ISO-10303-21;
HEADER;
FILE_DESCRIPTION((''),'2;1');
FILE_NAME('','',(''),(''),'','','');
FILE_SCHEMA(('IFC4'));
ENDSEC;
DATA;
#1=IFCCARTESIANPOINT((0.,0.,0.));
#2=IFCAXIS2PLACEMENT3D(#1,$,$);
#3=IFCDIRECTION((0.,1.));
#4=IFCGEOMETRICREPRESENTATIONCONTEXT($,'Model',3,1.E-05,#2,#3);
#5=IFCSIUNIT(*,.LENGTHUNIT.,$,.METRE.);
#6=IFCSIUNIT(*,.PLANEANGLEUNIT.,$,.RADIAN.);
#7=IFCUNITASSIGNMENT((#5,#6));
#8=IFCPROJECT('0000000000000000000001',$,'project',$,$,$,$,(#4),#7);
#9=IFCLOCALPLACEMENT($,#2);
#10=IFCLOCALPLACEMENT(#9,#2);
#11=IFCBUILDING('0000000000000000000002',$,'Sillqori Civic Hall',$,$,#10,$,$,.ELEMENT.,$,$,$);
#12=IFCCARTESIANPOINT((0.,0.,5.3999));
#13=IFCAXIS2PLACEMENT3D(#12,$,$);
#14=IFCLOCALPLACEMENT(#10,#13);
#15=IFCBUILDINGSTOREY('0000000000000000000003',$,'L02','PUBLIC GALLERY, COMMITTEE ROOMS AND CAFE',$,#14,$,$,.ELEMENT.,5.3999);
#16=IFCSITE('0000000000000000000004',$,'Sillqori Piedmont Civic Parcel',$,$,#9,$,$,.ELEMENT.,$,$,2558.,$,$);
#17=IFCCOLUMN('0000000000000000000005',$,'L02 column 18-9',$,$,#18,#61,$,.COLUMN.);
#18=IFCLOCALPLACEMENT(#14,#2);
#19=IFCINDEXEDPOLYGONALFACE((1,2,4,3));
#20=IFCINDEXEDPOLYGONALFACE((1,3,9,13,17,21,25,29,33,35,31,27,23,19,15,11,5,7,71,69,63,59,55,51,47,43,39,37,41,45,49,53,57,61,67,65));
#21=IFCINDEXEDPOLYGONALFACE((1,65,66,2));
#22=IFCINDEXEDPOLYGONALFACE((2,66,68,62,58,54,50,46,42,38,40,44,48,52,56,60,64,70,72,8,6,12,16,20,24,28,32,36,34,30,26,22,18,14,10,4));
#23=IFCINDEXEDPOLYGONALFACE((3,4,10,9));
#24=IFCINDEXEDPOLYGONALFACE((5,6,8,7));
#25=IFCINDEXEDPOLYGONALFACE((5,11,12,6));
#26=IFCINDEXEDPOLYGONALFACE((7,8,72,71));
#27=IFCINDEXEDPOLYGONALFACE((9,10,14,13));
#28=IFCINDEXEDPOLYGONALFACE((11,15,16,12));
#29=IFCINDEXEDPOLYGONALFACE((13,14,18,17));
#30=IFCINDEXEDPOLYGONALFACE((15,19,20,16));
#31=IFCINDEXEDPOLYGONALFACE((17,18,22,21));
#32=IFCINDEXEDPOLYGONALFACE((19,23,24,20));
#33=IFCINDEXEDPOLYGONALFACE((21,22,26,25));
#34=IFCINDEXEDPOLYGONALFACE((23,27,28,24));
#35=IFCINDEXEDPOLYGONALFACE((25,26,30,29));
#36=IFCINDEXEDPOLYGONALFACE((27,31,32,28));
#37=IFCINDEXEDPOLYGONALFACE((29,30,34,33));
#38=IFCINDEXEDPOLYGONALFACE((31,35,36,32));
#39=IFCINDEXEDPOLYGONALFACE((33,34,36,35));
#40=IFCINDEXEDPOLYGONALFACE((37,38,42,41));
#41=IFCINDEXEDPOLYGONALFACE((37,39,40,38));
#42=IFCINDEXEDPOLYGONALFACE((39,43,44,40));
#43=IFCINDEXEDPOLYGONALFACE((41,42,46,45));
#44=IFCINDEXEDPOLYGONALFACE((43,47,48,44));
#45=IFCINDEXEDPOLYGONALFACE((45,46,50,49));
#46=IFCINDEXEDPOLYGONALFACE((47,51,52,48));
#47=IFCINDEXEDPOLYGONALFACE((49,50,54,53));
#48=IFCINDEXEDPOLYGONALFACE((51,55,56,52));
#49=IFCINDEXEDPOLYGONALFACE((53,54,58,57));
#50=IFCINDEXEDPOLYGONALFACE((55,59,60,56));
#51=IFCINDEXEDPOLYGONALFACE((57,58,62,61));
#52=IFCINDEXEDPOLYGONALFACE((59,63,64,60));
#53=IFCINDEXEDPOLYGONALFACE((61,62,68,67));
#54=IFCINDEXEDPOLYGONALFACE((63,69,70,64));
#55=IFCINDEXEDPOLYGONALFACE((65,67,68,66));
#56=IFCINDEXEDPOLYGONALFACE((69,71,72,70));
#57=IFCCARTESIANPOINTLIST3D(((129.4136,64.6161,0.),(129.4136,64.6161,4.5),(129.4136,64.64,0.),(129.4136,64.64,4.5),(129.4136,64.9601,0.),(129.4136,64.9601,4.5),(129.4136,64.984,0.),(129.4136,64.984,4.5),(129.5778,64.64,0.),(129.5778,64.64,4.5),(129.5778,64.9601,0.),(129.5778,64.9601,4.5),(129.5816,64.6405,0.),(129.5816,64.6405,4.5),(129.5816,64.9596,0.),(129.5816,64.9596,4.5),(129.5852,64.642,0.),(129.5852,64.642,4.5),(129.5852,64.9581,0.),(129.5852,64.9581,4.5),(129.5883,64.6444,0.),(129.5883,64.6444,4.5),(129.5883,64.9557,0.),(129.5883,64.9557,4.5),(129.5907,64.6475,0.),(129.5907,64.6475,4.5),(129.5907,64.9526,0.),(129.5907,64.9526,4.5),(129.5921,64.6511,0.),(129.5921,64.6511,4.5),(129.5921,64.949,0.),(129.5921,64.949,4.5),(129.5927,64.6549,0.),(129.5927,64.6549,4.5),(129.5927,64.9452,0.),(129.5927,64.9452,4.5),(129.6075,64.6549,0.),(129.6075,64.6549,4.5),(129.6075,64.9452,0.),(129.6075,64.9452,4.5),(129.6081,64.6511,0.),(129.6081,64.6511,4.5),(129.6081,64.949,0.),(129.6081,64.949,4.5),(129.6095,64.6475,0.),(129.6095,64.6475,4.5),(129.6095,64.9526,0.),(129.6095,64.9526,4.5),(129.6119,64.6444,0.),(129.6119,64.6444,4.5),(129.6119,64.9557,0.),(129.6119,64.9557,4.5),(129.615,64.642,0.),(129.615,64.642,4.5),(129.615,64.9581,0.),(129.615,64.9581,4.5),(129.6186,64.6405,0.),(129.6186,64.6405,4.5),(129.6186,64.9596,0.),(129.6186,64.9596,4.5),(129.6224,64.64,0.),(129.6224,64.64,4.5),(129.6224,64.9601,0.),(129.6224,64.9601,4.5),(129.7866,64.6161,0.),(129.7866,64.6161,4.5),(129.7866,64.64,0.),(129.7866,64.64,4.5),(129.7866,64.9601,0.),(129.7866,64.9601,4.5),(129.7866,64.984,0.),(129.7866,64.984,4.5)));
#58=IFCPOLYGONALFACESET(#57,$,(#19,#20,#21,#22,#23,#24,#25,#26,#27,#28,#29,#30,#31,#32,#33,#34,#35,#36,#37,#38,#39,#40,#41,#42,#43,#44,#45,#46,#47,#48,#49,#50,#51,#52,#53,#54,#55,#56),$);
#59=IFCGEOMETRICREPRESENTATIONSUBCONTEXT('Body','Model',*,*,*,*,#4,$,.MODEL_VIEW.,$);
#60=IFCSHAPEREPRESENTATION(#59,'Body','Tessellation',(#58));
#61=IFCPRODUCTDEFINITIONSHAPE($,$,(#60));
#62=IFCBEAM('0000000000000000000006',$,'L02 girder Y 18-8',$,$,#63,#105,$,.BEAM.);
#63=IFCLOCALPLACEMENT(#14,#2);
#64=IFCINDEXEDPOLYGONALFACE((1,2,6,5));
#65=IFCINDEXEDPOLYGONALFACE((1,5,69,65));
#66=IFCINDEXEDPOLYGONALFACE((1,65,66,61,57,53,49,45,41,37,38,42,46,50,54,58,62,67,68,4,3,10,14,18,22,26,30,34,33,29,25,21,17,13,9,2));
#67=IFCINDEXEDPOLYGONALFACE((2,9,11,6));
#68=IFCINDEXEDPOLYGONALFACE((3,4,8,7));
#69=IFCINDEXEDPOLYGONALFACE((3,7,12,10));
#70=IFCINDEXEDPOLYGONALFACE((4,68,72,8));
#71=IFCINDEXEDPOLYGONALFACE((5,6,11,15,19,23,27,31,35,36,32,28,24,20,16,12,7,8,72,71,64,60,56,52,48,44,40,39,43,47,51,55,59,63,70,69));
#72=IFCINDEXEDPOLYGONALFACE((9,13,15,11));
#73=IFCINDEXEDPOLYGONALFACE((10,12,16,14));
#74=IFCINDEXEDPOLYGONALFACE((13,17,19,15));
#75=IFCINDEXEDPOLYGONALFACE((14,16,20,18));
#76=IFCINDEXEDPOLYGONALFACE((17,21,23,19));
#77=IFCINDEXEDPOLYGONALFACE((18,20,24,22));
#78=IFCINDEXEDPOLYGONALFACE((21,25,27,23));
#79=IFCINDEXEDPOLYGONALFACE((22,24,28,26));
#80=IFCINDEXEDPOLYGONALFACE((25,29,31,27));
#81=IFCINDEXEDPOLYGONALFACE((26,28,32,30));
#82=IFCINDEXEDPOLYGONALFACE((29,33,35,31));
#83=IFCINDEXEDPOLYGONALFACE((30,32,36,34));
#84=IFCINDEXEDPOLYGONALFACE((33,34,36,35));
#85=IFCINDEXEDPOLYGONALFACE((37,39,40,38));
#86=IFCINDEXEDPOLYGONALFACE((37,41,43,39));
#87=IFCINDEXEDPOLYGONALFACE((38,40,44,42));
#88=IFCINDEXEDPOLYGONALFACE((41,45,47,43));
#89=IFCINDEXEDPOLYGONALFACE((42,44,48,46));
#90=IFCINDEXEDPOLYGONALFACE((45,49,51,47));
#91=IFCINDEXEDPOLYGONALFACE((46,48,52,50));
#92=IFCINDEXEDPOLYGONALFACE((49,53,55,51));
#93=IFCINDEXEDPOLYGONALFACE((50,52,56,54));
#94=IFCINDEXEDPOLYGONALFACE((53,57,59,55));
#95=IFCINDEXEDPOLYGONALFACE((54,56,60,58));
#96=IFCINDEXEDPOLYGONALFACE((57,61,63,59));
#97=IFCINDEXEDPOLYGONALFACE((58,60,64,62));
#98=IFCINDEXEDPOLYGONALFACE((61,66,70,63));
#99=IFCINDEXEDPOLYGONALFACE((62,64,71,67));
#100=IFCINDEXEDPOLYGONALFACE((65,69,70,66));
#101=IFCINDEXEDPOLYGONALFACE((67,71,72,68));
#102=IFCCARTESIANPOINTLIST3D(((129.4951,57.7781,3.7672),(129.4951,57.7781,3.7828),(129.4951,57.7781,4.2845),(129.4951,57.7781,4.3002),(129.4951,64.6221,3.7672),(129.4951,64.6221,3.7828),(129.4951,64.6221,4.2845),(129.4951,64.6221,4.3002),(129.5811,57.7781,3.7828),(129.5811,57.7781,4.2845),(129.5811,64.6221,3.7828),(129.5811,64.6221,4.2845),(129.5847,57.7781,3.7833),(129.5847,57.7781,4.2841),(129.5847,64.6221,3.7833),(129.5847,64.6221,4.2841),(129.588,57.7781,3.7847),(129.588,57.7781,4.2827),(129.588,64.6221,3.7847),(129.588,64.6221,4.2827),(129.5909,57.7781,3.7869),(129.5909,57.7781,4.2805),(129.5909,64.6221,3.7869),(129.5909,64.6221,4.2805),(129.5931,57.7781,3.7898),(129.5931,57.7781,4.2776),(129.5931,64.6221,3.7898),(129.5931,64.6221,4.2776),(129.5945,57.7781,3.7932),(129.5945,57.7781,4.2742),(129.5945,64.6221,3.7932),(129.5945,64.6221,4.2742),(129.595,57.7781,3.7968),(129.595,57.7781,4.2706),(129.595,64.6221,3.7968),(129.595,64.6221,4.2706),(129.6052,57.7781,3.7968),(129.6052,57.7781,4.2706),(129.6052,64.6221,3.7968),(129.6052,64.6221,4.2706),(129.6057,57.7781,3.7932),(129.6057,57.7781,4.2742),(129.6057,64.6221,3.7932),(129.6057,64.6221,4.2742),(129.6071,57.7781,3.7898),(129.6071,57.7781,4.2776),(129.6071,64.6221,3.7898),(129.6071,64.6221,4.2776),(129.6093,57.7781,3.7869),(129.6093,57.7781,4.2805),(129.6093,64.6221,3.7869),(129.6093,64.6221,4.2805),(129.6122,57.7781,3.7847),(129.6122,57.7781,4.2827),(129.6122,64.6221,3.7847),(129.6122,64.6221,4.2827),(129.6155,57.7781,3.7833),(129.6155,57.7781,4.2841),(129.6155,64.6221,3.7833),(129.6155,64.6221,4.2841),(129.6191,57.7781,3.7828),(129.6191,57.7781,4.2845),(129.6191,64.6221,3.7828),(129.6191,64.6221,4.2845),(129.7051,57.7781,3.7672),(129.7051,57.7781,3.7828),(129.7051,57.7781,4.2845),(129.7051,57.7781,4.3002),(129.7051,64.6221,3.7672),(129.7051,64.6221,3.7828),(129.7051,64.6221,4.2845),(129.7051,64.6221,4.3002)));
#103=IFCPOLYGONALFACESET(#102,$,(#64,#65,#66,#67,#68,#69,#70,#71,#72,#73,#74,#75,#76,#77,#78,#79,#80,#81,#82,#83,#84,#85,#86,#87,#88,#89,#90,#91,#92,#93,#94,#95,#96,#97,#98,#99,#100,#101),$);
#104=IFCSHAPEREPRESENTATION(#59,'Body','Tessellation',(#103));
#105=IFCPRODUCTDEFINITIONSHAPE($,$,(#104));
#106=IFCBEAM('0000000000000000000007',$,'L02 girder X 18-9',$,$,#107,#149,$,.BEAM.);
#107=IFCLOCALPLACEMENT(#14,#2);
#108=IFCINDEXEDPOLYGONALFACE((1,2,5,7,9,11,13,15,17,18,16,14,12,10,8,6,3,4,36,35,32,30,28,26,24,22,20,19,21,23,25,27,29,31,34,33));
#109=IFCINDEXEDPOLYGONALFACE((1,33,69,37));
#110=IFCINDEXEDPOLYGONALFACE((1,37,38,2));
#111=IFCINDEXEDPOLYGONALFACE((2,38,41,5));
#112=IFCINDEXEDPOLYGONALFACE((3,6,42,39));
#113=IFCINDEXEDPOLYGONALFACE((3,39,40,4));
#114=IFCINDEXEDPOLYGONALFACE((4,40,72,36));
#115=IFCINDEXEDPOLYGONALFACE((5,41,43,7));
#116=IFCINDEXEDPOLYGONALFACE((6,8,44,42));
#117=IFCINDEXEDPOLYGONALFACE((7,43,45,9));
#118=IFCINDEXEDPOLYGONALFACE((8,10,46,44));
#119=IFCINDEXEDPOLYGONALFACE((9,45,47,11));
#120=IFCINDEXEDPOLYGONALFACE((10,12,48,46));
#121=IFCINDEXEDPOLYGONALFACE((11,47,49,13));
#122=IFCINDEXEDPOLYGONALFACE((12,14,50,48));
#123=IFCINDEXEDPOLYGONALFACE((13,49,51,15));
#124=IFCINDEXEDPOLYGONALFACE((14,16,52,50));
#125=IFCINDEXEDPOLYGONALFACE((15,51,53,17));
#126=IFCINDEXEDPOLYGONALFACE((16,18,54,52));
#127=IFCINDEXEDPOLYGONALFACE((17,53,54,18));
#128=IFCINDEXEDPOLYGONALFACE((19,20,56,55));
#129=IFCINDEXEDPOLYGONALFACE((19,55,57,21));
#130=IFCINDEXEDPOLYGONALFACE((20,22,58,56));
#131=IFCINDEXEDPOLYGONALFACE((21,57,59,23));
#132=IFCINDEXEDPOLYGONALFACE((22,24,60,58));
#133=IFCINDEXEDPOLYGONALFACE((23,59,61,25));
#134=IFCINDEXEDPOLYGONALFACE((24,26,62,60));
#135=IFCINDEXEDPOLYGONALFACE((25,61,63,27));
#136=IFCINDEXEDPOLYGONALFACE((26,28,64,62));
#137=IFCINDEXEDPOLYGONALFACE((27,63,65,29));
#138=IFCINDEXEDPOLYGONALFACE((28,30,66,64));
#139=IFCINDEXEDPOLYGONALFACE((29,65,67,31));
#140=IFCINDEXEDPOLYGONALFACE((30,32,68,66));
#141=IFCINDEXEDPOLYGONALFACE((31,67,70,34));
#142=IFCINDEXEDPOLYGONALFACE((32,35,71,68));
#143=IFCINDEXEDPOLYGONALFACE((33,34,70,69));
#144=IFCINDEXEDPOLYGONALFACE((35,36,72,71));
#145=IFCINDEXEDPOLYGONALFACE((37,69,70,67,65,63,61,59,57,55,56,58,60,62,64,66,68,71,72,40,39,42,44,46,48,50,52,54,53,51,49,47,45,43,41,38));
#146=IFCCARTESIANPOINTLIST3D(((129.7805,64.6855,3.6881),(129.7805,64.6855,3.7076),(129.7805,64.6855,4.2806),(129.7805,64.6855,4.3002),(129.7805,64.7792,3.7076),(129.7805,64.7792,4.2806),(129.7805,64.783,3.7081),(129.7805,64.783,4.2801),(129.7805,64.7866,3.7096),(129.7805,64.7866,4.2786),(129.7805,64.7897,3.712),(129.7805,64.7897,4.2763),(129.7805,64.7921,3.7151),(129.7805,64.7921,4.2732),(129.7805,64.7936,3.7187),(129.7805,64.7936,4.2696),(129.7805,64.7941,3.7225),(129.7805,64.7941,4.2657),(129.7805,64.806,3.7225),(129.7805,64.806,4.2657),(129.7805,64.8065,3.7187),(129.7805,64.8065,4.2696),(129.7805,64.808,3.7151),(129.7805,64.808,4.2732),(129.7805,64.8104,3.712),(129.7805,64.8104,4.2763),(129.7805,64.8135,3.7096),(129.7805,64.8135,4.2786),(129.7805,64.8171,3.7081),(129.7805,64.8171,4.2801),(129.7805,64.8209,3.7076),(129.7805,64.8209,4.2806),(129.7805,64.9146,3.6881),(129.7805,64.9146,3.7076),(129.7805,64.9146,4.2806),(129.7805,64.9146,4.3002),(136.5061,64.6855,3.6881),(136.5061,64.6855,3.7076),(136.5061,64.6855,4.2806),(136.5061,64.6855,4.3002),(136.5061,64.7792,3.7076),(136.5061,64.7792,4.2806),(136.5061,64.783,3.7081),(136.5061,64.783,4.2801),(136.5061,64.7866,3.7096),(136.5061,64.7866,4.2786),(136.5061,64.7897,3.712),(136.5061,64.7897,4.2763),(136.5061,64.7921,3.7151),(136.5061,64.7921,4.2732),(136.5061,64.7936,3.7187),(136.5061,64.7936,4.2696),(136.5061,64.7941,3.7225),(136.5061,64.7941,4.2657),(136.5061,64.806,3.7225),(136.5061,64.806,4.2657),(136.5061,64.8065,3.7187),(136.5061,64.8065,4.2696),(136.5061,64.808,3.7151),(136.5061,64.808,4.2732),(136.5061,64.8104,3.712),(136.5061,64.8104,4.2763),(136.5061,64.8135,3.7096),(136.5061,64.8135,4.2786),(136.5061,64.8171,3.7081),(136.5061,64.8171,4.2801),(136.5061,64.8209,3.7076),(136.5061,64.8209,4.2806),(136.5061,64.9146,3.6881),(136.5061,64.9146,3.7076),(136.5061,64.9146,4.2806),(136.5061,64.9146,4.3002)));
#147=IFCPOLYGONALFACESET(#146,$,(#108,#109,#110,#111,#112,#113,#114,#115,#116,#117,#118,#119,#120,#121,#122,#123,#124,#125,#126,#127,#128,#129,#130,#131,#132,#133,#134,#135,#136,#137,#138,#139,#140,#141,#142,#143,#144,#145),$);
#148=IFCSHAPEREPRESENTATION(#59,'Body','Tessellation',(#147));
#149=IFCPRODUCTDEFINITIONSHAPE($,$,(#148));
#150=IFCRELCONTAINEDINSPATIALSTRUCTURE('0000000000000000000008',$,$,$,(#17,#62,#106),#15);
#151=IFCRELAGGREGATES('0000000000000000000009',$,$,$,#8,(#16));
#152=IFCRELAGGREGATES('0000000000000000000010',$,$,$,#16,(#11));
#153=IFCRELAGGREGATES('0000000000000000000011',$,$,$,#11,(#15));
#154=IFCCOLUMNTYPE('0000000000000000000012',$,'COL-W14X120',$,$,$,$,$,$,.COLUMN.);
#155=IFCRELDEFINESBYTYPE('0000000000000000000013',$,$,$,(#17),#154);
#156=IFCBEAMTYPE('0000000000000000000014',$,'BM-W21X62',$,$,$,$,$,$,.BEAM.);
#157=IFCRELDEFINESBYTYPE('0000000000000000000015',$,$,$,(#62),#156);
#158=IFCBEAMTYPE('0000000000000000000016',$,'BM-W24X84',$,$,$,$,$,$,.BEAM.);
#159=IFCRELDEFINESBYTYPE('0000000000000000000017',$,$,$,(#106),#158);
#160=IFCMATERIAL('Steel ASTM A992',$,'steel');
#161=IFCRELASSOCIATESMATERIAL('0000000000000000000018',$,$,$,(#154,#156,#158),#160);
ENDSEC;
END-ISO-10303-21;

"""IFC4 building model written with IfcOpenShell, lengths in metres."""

from ifc_helpers import new_model, si_unit, direction, frame, origin, origin_2d, place, context, subcontext, project, spatial, i_section, extrude, material, material_profile, profile_set, type_object, element, save


model = new_model("IFC4")

# Units and contexts
model_context = context("Model", 3, precision=1e-05, world=origin(), true_north=direction((0.0, 1.0)))
body_context = subcontext(model_context, "Body", "Model", "MODEL_VIEW")
ifc_project = project(units=[si_unit("LENGTHUNIT", "METRE"), si_unit("PLANEANGLEUNIT", "RADIAN")], contexts=[model_context])

# Site, building, storey
site_placement = place(None, origin())
site = spatial("IfcSite", under=ifc_project, at=site_placement, Name="Sillqori Piedmont Civic Parcel", CompositionType="ELEMENT", RefElevation=2558.0)
building_placement = place(site_placement, origin())
building = spatial("IfcBuilding", under=site, at=building_placement, Name="Sillqori Civic Hall", CompositionType="ELEMENT")
storey_placement = place(building_placement, frame((0.0, 0.0, 5.3999)))
storey = spatial("IfcBuildingStorey", under=building, at=storey_placement, Name="L02", Description="PUBLIC GALLERY, COMMITTEE ROOMS AND CAFE", CompositionType="ELEMENT", Elevation=5.3999)

# Column
ifc_material_1 = material(Name="Steel ASTM A992", Category="steel")
ifc_material_profile_1 = material_profile(ifc_material_1, i_section(OverallWidth=0.373, OverallDepth=0.3679, WebThickness=0.0149, FlangeThickness=0.0239, FilletRadius=0.0149, at=origin_2d()), Name="W14X120")
ifc_profile_set_1 = profile_set([ifc_material_profile_1], Name="Steel ASTM A992")
column_type = type_object("IfcColumnType", Name="COL-W14X120", PredefinedType="COLUMN", material=ifc_profile_set_1)
column_placement = place(storey_placement, frame((129.6001, 64.8, 0.0), z_axis=(0.0, 0.0, 1.0), x_axis=(1.0, 0.0, 0.0)))
element("IfcColumn", 1, at=column_placement, inside=storey, type_object=column_type, Name="L02 column 18-9", PredefinedType="COLUMN", context=body_context, shape_type="SweptSolid", body=[
    extrude(i_section(OverallWidth=0.373, OverallDepth=0.3679, WebThickness=0.0149, FlangeThickness=0.0239, FilletRadius=0.0149, at=origin_2d()), origin(), (0.0, 0.0, 1.0), 4.5),
])

# Beams
ifc_material_profile_2 = material_profile(ifc_material_1, i_section(OverallWidth=0.21, OverallDepth=0.533, WebThickness=0.0103, FlangeThickness=0.0156, FilletRadius=0.0139, at=origin_2d()), Name="W21X62")
ifc_profile_set_2 = profile_set([ifc_material_profile_2], Name="Steel ASTM A992")
beam_type_1 = type_object("IfcBeamType", Name="BM-W21X62", PredefinedType="BEAM", material=ifc_profile_set_2)
beam_1_placement = place(storey_placement, frame((129.6001, 57.7781, 4.0337), z_axis=(0.0, 1.0, 0.0), x_axis=(-1.0, 0.0, 0.0)))
element("IfcBeam", 2, at=beam_1_placement, inside=storey, type_object=beam_type_1, Name="L02 girder Y 18-8", PredefinedType="BEAM", context=body_context, shape_type="SweptSolid", body=[
    extrude(i_section(OverallWidth=0.21, OverallDepth=0.533, WebThickness=0.0103, FlangeThickness=0.0156, FilletRadius=0.0139, at=origin_2d()), origin(), (0.0, 0.0, 1.0), 6.844),
])
ifc_material_profile_3 = material_profile(ifc_material_1, i_section(OverallWidth=0.229, OverallDepth=0.6121, WebThickness=0.012, FlangeThickness=0.0195, FilletRadius=0.0149, at=origin_2d()), Name="W24X84")
ifc_profile_set_3 = profile_set([ifc_material_profile_3], Name="Steel ASTM A992")
beam_type_2 = type_object("IfcBeamType", Name="BM-W24X84", PredefinedType="BEAM", material=ifc_profile_set_3)
beam_2_placement = place(storey_placement, frame((129.7805, 64.8, 3.9941), z_axis=(1.0, 0.0, 0.0), x_axis=(0.0, 1.0, 0.0)))
element("IfcBeam", 3, at=beam_2_placement, inside=storey, type_object=beam_type_2, Name="L02 girder X 18-9", PredefinedType="BEAM", context=body_context, shape_type="SweptSolid", body=[
    extrude(i_section(OverallWidth=0.229, OverallDepth=0.6121, WebThickness=0.012, FlangeThickness=0.0195, FilletRadius=0.0149, at=origin_2d()), origin(), (0.0, 0.0, 1.0), 6.7256),
])

save(model, "model.ifc")
